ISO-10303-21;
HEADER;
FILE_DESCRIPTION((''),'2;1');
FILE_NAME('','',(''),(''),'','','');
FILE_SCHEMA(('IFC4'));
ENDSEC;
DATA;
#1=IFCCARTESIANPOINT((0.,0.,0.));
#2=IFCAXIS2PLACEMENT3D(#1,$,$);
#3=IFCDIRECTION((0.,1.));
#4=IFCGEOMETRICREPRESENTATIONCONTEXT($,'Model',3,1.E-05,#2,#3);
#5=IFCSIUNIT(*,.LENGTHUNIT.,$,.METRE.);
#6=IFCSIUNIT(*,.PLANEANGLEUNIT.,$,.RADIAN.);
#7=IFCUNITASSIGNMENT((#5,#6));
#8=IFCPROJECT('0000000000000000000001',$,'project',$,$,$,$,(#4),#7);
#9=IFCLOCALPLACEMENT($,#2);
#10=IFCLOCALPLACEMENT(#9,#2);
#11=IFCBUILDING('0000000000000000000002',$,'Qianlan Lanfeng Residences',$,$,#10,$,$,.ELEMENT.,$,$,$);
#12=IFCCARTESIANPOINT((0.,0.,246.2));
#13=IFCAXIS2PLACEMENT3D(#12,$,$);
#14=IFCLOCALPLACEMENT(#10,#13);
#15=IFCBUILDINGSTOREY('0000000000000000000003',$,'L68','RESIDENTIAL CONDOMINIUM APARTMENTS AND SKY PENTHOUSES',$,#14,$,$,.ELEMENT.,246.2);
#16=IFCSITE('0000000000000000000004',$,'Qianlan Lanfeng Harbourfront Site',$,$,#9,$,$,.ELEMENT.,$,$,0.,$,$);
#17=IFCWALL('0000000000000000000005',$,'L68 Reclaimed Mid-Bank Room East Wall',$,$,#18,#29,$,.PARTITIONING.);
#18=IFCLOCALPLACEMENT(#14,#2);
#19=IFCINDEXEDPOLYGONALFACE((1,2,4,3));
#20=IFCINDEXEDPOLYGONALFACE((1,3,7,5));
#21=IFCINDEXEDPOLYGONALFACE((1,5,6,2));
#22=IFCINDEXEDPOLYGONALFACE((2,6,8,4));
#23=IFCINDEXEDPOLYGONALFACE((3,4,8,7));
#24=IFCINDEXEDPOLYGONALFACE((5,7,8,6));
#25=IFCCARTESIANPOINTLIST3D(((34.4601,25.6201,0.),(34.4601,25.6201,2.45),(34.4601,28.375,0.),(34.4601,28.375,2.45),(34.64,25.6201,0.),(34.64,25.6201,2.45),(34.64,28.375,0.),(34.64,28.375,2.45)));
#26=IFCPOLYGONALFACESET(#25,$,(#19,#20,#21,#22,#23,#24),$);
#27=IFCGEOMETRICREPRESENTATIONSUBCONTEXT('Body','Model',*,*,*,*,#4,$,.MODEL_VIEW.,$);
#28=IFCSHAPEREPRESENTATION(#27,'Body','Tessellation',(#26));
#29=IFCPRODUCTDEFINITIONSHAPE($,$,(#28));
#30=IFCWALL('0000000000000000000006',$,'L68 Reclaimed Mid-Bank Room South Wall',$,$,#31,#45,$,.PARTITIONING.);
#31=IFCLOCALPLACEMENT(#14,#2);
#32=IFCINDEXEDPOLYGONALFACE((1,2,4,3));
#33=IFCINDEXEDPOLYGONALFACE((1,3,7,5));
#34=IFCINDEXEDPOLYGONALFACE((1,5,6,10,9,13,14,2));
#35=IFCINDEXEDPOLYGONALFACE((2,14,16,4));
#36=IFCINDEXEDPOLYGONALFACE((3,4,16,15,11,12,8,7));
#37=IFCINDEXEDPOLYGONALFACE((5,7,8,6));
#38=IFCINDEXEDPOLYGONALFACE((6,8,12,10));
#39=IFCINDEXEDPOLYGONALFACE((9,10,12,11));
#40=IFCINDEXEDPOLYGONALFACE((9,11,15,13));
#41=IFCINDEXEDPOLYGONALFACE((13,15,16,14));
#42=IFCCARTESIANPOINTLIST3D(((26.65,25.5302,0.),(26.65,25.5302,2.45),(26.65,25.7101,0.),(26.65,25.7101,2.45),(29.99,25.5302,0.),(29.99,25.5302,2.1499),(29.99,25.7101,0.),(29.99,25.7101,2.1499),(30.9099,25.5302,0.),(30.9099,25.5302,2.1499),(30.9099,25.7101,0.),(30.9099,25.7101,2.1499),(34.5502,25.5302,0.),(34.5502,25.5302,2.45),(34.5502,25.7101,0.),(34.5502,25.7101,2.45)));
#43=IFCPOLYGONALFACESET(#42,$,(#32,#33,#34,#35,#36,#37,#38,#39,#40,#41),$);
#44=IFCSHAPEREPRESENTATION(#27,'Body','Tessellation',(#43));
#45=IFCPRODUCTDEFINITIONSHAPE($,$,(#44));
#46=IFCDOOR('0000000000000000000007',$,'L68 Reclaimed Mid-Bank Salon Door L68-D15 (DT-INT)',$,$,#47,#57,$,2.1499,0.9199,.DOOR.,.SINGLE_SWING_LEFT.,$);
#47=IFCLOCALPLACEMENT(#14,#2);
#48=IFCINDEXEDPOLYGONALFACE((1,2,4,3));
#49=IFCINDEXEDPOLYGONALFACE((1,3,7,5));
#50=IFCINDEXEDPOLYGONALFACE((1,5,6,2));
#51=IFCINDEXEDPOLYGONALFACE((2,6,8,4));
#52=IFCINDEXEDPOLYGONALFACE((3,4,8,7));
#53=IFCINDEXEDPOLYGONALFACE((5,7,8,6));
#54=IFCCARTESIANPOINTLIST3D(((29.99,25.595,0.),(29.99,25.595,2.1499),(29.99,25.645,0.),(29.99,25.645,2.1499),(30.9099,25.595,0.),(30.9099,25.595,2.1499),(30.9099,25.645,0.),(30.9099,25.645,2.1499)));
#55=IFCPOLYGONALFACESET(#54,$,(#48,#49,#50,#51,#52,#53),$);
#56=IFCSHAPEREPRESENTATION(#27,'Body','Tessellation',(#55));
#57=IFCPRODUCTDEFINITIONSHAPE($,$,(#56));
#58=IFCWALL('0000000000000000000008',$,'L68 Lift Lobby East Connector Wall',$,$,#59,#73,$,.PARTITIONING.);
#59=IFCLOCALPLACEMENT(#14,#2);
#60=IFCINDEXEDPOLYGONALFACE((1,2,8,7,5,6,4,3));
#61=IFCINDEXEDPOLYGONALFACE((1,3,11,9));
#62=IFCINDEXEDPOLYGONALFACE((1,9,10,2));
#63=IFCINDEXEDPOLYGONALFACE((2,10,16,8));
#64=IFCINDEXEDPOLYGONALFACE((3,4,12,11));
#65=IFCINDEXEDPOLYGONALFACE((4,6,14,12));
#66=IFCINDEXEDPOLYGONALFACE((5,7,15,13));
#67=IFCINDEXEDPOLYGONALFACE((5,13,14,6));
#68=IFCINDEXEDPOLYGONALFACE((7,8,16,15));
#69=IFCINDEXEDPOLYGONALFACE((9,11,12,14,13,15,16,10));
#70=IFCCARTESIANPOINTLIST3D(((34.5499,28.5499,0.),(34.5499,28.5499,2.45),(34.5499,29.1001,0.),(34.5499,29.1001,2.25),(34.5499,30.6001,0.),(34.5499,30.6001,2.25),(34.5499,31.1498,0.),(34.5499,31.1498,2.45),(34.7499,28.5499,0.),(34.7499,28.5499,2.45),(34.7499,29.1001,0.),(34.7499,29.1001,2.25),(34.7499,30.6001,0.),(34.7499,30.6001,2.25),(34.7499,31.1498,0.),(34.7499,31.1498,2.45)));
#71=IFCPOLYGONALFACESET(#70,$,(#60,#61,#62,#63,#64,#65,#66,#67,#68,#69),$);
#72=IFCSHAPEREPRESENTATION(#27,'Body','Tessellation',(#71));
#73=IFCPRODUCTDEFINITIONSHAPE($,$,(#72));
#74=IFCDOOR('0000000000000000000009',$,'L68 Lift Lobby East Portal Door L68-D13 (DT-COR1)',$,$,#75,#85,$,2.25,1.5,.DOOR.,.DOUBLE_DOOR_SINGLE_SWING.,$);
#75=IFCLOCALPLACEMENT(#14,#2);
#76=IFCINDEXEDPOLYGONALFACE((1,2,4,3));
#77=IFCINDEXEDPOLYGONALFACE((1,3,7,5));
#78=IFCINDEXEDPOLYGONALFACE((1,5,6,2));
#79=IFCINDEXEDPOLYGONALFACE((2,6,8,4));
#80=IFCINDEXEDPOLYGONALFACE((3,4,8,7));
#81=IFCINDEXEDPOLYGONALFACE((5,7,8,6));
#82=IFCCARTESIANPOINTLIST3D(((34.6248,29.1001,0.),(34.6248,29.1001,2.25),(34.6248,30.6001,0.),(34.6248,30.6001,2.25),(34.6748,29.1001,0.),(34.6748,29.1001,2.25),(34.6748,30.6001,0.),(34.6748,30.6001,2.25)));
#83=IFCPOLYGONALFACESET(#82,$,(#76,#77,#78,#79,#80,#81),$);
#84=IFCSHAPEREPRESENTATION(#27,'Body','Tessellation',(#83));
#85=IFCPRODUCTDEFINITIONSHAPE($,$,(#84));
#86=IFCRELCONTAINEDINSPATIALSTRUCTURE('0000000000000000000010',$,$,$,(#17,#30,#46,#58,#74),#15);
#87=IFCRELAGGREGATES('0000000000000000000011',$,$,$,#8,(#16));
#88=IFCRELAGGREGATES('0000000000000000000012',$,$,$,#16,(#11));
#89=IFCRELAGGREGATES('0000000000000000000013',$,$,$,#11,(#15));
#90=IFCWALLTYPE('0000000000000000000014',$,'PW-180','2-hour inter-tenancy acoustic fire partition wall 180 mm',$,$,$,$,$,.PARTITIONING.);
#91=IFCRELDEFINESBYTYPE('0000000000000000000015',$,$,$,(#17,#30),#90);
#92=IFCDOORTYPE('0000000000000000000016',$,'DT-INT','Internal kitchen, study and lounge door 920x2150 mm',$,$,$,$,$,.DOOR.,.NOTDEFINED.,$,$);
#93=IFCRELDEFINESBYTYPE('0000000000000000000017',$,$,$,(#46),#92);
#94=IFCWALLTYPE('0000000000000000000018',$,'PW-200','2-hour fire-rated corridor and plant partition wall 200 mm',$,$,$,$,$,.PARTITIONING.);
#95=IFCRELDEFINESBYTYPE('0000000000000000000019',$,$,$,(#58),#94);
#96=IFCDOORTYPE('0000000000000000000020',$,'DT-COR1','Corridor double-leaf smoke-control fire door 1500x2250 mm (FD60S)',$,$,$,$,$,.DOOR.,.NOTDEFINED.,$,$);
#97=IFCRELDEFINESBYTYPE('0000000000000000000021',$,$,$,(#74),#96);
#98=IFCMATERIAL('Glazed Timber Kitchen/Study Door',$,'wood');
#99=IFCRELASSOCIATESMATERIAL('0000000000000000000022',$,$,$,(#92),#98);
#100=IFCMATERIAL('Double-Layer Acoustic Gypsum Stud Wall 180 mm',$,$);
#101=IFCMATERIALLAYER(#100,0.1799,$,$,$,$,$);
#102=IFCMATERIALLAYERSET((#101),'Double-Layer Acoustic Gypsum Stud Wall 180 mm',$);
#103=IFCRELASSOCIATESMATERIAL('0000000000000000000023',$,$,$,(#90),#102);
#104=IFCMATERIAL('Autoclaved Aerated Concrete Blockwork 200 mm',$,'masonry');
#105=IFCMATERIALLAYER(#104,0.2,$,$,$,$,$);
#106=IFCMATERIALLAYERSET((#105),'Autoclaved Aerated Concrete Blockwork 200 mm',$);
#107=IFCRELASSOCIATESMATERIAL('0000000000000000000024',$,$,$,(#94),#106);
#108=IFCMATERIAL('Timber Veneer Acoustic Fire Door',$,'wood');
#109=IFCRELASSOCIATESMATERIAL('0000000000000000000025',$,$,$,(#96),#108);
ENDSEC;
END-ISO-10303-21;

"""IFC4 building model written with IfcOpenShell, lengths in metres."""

from ifc_helpers import new_model, si_unit, direction, frame, frame_2d, origin, place, context, subcontext, project, spatial, rectangle, extrude, material, layer, layer_set, type_object, element, fill, save


model = new_model("IFC4")

# Units and contexts
model_context = context("Model", 3, precision=1e-05, world=origin(), true_north=direction((0.0, 1.0)))
body_context = subcontext(model_context, "Body", "Model", "MODEL_VIEW")
ifc_project = project(units=[si_unit("LENGTHUNIT", "METRE"), si_unit("PLANEANGLEUNIT", "RADIAN")], contexts=[model_context])

# Site, building, storey
site_placement = place(None, origin())
site = spatial("IfcSite", under=ifc_project, at=site_placement, Name="Qianlan Lanfeng Harbourfront Site", CompositionType="ELEMENT", RefElevation=0.0)
building_placement = place(site_placement, origin())
building = spatial("IfcBuilding", under=site, at=building_placement, Name="Qianlan Lanfeng Residences", CompositionType="ELEMENT")
storey_placement = place(building_placement, frame((0.0, 0.0, 246.2)))
storey = spatial("IfcBuildingStorey", under=building, at=storey_placement, Name="L68", Description="RESIDENTIAL CONDOMINIUM APARTMENTS AND SKY PENTHOUSES", CompositionType="ELEMENT", Elevation=246.2)

# Shared definitions
ifc_material_1 = material(Name="Glazed Timber Kitchen/Study Door", Category="wood")
door_type_1 = type_object("IfcDoorType", Name="DT-INT", Description="Internal kitchen, study and lounge door 920x2150 mm", OperationType="NOTDEFINED", PredefinedType="DOOR", material=ifc_material_1)

# Wall
ifc_material_2 = material(Name="Double-Layer Acoustic Gypsum Stud Wall 180 mm")
ifc_layer_1 = layer(ifc_material_2, 0.1799)
ifc_layer_set_1 = layer_set([ifc_layer_1], Name="Double-Layer Acoustic Gypsum Stud Wall 180 mm")
wall_type_1 = type_object("IfcWallType", Name="PW-180", Description="2-hour inter-tenancy acoustic fire partition wall 180 mm", PredefinedType="PARTITIONING", material=ifc_layer_set_1)
for number, where, z_axis, x_axis, name in (
    (1, (34.55, 25.6201, 0.0), (0.0, 0.0, 1.0), (0.0, 1.0, 0.0), "L68 Reclaimed Mid-Bank Room East Wall"),
):
    element("IfcWall", number, at=place(storey_placement, frame(where, z_axis=z_axis, x_axis=x_axis)), inside=storey, type_object=wall_type_1, Name=name, PredefinedType="PARTITIONING", context=body_context, shape_type="SweptSolid", body=[
        extrude(rectangle(XDim=2.7549, YDim=0.1799, at=frame_2d((1.3774, 0.0))), origin(), (0.0, 0.0, 1.0), 2.45),
    ])

# Walls, openings, doors
wall_1_placement = place(storey_placement, frame((26.6499, 25.6201, 0.0), z_axis=(0.0, 0.0, 1.0), x_axis=(1.0, 0.0, 0.0)))
wall_1 = element("IfcWall", 2, at=wall_1_placement, inside=storey, type_object=wall_type_1, Name="L68 Reclaimed Mid-Bank Room South Wall", PredefinedType="PARTITIONING", context=body_context, shape_type="SweptSolid", body=[
    extrude(rectangle(XDim=7.9001, YDim=0.1799, at=frame_2d((3.9502, 0.0))), origin(), (0.0, 0.0, 1.0), 2.45),
])
opening_1_placement = place(wall_1_placement, frame((3.3401, 0.0, 0.0)))
opening_1 = element("IfcOpeningElement", 3, at=opening_1_placement, cuts=wall_1, PredefinedType="OPENING", context=body_context, shape_type="SweptSolid", body=[
    extrude(rectangle(XDim=0.9199, YDim=2.1499, at=frame_2d((0.46, 1.075))), frame((0.0, 0.1001, 0.0), z_axis=(0.0, -1.0, 0.0), x_axis=(1.0, 0.0, 0.0)), (0.0, 0.0, 1.0), 0.2),
])
door_1_placement = place(opening_1_placement, origin())
door_1 = element("IfcDoor", 4, at=door_1_placement, inside=storey, type_object=door_type_1, Name="L68 Reclaimed Mid-Bank Salon Door L68-D15 (DT-INT)", OperationType="SINGLE_SWING_LEFT", OverallHeight=2.1499, OverallWidth=0.9199, PredefinedType="DOOR", context=body_context, shape_type="SweptSolid", body=[
    extrude(rectangle(XDim=0.9199, YDim=2.1499, at=frame_2d((0.46, 1.075))), frame((0.0, 0.0249, 0.0), z_axis=(0.0, -1.0, 0.0), x_axis=(1.0, 0.0, 0.0)), (0.0, 0.0, 1.0), 0.05),
])
fill(opening_1, door_1)
ifc_material_3 = material(Name="Autoclaved Aerated Concrete Blockwork 200 mm", Category="masonry")
ifc_layer_2 = layer(ifc_material_3, 0.2)
ifc_layer_set_2 = layer_set([ifc_layer_2], Name="Autoclaved Aerated Concrete Blockwork 200 mm")
wall_type_2 = type_object("IfcWallType", Name="PW-200", Description="2-hour fire-rated corridor and plant partition wall 200 mm", PredefinedType="PARTITIONING", material=ifc_layer_set_2)
wall_2_placement = place(storey_placement, frame((34.6499, 28.55, 0.0), z_axis=(0.0, 0.0, 1.0), x_axis=(0.0, 1.0, 0.0)))
wall_2 = element("IfcWall", 5, at=wall_2_placement, inside=storey, type_object=wall_type_2, Name="L68 Lift Lobby East Connector Wall", PredefinedType="PARTITIONING", context=body_context, shape_type="SweptSolid", body=[
    extrude(rectangle(XDim=2.5999, YDim=0.2, at=frame_2d((1.2998, 0.0))), origin(), (0.0, 0.0, 1.0), 2.45),
])
opening_2_placement = place(wall_2_placement, frame((0.55, 0.0, 0.0)))
opening_2 = element("IfcOpeningElement", 6, at=opening_2_placement, cuts=wall_2, PredefinedType="OPENING", context=body_context, shape_type="SweptSolid", body=[
    extrude(rectangle(XDim=1.5, YDim=2.25, at=frame_2d((0.75, 1.125))), frame((0.0, 0.1099, 0.0), z_axis=(0.0, -1.0, 0.0), x_axis=(1.0, 0.0, 0.0)), (0.0, 0.0, 1.0), 0.22),
])
ifc_material_4 = material(Name="Timber Veneer Acoustic Fire Door", Category="wood")
door_type_2 = type_object("IfcDoorType", Name="DT-COR1", Description="Corridor double-leaf smoke-control fire door 1500x2250 mm (FD60S)", OperationType="NOTDEFINED", PredefinedType="DOOR", material=ifc_material_4)
door_2_placement = place(opening_2_placement, frame((1.5, 0.0, 0.0), z_axis=(0.0, 0.0, 1.0), x_axis=(-1.0, 0.0, 0.0)))
door_2 = element("IfcDoor", 7, at=door_2_placement, inside=storey, type_object=door_type_2, Name="L68 Lift Lobby East Portal Door L68-D13 (DT-COR1)", OperationType="DOUBLE_DOOR_SINGLE_SWING", OverallHeight=2.25, OverallWidth=1.5, PredefinedType="DOOR", context=body_context, shape_type="SweptSolid", body=[
    extrude(rectangle(XDim=1.5, YDim=2.25, at=frame_2d((0.75, 1.125))), frame((0.0, 0.0249, 0.0), z_axis=(0.0, -1.0, 0.0), x_axis=(1.0, 0.0, 0.0)), (0.0, 0.0, 1.0), 0.05),
])
fill(opening_2, door_2)

save(model, "model.ifc")
